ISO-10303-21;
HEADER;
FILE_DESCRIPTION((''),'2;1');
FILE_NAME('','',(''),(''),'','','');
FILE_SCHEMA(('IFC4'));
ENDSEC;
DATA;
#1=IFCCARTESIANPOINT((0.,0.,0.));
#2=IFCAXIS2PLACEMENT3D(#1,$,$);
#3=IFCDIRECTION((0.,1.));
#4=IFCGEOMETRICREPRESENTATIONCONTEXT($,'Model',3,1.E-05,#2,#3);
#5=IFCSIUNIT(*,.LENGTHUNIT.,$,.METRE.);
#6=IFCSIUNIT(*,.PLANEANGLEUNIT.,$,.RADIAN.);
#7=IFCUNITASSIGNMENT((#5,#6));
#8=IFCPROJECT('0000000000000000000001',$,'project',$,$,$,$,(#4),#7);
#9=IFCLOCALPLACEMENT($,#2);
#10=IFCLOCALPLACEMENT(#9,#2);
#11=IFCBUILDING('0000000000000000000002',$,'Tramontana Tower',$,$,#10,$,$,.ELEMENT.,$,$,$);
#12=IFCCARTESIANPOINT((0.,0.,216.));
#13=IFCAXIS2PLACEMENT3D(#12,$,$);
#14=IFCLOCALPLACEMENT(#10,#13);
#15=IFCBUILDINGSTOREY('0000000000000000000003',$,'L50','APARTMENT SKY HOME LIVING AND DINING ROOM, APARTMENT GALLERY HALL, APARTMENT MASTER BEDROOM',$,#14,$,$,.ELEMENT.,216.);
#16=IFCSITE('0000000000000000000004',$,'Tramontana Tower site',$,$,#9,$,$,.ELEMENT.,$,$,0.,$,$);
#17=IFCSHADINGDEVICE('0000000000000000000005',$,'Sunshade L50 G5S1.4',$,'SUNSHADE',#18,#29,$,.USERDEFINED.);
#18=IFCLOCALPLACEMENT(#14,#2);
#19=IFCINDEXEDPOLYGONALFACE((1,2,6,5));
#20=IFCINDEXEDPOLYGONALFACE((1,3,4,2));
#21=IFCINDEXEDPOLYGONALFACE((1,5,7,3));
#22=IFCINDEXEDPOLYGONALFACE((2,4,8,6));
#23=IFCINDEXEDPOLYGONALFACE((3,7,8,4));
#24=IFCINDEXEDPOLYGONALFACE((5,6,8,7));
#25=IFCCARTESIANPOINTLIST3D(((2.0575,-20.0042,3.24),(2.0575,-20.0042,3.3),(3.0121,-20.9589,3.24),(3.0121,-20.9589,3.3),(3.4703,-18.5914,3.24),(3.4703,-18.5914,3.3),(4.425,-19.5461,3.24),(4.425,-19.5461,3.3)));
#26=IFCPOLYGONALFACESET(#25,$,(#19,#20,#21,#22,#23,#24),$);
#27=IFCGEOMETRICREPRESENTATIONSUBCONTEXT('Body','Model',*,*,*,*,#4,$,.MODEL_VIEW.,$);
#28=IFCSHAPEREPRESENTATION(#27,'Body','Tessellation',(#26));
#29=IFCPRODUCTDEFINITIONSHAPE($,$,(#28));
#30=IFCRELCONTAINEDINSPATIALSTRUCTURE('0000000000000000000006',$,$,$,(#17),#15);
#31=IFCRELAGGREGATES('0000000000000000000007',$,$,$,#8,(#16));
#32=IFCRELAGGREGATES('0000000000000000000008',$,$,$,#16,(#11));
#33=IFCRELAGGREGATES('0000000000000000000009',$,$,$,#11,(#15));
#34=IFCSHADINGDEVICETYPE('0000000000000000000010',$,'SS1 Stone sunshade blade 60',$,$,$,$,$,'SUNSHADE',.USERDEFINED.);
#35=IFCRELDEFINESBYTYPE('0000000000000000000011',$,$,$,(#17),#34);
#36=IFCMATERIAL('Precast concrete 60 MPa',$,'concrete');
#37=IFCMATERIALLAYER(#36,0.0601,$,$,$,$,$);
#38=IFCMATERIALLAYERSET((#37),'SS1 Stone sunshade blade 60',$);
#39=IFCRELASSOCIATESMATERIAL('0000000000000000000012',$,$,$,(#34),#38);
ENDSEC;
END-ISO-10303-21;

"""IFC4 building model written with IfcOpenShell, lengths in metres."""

from ifc_helpers import new_model, si_unit, direction, frame, origin, origin_2d, place, context, subcontext, project, spatial, rectangle, extrude, material, layer, layer_set, type_object, element, save


model = new_model("IFC4")

# Units and contexts
model_context = context("Model", 3, precision=1e-05, world=origin(), true_north=direction((0.0, 1.0)))
body_context = subcontext(model_context, "Body", "Model", "MODEL_VIEW")
ifc_project = project(units=[si_unit("LENGTHUNIT", "METRE"), si_unit("PLANEANGLEUNIT", "RADIAN")], contexts=[model_context])

# Site, building, storey
site_placement = place(None, origin())
site = spatial("IfcSite", under=ifc_project, at=site_placement, Name="Tramontana Tower site", CompositionType="ELEMENT", RefElevation=0.0)
building_placement = place(site_placement, origin())
building = spatial("IfcBuilding", under=site, at=building_placement, Name="Tramontana Tower", CompositionType="ELEMENT")
storey_placement = place(building_placement, frame((0.0, 0.0, 216.0)))
storey = spatial("IfcBuildingStorey", under=building, at=storey_placement, Name="L50", Description="APARTMENT SKY HOME LIVING AND DINING ROOM, APARTMENT GALLERY HALL, APARTMENT MASTER BEDROOM", CompositionType="ELEMENT", Elevation=216.0)

# Shading device
ifc_material_1 = material(Name="Precast concrete 60 MPa", Category="concrete")
ifc_layer_1 = layer(ifc_material_1, 0.0601)
ifc_layer_set_1 = layer_set([ifc_layer_1], Name="SS1 Stone sunshade blade 60")
shading_device_type = type_object("IfcShadingDeviceType", Name="SS1 Stone sunshade blade 60", ElementType="SUNSHADE", PredefinedType="USERDEFINED", material=ifc_layer_set_1)
shading_device_placement = place(storey_placement, frame((3.2412, -19.7751, 3.24), z_axis=(0.0, 0.0, 1.0), x_axis=(0.707107, 0.707107, 0.0)))
element("IfcShadingDevice", 1, at=shading_device_placement, inside=storey, type_object=shading_device_type, Name="Sunshade L50 G5S1.4", ObjectType="SUNSHADE", PredefinedType="USERDEFINED", context=body_context, shape_type="SweptSolid", body=[
    extrude(rectangle(XDim=1.998, YDim=1.3501, at=origin_2d()), origin(), (0.0, 0.0, 1.0), 0.0601),
])

save(model, "model.ifc")
